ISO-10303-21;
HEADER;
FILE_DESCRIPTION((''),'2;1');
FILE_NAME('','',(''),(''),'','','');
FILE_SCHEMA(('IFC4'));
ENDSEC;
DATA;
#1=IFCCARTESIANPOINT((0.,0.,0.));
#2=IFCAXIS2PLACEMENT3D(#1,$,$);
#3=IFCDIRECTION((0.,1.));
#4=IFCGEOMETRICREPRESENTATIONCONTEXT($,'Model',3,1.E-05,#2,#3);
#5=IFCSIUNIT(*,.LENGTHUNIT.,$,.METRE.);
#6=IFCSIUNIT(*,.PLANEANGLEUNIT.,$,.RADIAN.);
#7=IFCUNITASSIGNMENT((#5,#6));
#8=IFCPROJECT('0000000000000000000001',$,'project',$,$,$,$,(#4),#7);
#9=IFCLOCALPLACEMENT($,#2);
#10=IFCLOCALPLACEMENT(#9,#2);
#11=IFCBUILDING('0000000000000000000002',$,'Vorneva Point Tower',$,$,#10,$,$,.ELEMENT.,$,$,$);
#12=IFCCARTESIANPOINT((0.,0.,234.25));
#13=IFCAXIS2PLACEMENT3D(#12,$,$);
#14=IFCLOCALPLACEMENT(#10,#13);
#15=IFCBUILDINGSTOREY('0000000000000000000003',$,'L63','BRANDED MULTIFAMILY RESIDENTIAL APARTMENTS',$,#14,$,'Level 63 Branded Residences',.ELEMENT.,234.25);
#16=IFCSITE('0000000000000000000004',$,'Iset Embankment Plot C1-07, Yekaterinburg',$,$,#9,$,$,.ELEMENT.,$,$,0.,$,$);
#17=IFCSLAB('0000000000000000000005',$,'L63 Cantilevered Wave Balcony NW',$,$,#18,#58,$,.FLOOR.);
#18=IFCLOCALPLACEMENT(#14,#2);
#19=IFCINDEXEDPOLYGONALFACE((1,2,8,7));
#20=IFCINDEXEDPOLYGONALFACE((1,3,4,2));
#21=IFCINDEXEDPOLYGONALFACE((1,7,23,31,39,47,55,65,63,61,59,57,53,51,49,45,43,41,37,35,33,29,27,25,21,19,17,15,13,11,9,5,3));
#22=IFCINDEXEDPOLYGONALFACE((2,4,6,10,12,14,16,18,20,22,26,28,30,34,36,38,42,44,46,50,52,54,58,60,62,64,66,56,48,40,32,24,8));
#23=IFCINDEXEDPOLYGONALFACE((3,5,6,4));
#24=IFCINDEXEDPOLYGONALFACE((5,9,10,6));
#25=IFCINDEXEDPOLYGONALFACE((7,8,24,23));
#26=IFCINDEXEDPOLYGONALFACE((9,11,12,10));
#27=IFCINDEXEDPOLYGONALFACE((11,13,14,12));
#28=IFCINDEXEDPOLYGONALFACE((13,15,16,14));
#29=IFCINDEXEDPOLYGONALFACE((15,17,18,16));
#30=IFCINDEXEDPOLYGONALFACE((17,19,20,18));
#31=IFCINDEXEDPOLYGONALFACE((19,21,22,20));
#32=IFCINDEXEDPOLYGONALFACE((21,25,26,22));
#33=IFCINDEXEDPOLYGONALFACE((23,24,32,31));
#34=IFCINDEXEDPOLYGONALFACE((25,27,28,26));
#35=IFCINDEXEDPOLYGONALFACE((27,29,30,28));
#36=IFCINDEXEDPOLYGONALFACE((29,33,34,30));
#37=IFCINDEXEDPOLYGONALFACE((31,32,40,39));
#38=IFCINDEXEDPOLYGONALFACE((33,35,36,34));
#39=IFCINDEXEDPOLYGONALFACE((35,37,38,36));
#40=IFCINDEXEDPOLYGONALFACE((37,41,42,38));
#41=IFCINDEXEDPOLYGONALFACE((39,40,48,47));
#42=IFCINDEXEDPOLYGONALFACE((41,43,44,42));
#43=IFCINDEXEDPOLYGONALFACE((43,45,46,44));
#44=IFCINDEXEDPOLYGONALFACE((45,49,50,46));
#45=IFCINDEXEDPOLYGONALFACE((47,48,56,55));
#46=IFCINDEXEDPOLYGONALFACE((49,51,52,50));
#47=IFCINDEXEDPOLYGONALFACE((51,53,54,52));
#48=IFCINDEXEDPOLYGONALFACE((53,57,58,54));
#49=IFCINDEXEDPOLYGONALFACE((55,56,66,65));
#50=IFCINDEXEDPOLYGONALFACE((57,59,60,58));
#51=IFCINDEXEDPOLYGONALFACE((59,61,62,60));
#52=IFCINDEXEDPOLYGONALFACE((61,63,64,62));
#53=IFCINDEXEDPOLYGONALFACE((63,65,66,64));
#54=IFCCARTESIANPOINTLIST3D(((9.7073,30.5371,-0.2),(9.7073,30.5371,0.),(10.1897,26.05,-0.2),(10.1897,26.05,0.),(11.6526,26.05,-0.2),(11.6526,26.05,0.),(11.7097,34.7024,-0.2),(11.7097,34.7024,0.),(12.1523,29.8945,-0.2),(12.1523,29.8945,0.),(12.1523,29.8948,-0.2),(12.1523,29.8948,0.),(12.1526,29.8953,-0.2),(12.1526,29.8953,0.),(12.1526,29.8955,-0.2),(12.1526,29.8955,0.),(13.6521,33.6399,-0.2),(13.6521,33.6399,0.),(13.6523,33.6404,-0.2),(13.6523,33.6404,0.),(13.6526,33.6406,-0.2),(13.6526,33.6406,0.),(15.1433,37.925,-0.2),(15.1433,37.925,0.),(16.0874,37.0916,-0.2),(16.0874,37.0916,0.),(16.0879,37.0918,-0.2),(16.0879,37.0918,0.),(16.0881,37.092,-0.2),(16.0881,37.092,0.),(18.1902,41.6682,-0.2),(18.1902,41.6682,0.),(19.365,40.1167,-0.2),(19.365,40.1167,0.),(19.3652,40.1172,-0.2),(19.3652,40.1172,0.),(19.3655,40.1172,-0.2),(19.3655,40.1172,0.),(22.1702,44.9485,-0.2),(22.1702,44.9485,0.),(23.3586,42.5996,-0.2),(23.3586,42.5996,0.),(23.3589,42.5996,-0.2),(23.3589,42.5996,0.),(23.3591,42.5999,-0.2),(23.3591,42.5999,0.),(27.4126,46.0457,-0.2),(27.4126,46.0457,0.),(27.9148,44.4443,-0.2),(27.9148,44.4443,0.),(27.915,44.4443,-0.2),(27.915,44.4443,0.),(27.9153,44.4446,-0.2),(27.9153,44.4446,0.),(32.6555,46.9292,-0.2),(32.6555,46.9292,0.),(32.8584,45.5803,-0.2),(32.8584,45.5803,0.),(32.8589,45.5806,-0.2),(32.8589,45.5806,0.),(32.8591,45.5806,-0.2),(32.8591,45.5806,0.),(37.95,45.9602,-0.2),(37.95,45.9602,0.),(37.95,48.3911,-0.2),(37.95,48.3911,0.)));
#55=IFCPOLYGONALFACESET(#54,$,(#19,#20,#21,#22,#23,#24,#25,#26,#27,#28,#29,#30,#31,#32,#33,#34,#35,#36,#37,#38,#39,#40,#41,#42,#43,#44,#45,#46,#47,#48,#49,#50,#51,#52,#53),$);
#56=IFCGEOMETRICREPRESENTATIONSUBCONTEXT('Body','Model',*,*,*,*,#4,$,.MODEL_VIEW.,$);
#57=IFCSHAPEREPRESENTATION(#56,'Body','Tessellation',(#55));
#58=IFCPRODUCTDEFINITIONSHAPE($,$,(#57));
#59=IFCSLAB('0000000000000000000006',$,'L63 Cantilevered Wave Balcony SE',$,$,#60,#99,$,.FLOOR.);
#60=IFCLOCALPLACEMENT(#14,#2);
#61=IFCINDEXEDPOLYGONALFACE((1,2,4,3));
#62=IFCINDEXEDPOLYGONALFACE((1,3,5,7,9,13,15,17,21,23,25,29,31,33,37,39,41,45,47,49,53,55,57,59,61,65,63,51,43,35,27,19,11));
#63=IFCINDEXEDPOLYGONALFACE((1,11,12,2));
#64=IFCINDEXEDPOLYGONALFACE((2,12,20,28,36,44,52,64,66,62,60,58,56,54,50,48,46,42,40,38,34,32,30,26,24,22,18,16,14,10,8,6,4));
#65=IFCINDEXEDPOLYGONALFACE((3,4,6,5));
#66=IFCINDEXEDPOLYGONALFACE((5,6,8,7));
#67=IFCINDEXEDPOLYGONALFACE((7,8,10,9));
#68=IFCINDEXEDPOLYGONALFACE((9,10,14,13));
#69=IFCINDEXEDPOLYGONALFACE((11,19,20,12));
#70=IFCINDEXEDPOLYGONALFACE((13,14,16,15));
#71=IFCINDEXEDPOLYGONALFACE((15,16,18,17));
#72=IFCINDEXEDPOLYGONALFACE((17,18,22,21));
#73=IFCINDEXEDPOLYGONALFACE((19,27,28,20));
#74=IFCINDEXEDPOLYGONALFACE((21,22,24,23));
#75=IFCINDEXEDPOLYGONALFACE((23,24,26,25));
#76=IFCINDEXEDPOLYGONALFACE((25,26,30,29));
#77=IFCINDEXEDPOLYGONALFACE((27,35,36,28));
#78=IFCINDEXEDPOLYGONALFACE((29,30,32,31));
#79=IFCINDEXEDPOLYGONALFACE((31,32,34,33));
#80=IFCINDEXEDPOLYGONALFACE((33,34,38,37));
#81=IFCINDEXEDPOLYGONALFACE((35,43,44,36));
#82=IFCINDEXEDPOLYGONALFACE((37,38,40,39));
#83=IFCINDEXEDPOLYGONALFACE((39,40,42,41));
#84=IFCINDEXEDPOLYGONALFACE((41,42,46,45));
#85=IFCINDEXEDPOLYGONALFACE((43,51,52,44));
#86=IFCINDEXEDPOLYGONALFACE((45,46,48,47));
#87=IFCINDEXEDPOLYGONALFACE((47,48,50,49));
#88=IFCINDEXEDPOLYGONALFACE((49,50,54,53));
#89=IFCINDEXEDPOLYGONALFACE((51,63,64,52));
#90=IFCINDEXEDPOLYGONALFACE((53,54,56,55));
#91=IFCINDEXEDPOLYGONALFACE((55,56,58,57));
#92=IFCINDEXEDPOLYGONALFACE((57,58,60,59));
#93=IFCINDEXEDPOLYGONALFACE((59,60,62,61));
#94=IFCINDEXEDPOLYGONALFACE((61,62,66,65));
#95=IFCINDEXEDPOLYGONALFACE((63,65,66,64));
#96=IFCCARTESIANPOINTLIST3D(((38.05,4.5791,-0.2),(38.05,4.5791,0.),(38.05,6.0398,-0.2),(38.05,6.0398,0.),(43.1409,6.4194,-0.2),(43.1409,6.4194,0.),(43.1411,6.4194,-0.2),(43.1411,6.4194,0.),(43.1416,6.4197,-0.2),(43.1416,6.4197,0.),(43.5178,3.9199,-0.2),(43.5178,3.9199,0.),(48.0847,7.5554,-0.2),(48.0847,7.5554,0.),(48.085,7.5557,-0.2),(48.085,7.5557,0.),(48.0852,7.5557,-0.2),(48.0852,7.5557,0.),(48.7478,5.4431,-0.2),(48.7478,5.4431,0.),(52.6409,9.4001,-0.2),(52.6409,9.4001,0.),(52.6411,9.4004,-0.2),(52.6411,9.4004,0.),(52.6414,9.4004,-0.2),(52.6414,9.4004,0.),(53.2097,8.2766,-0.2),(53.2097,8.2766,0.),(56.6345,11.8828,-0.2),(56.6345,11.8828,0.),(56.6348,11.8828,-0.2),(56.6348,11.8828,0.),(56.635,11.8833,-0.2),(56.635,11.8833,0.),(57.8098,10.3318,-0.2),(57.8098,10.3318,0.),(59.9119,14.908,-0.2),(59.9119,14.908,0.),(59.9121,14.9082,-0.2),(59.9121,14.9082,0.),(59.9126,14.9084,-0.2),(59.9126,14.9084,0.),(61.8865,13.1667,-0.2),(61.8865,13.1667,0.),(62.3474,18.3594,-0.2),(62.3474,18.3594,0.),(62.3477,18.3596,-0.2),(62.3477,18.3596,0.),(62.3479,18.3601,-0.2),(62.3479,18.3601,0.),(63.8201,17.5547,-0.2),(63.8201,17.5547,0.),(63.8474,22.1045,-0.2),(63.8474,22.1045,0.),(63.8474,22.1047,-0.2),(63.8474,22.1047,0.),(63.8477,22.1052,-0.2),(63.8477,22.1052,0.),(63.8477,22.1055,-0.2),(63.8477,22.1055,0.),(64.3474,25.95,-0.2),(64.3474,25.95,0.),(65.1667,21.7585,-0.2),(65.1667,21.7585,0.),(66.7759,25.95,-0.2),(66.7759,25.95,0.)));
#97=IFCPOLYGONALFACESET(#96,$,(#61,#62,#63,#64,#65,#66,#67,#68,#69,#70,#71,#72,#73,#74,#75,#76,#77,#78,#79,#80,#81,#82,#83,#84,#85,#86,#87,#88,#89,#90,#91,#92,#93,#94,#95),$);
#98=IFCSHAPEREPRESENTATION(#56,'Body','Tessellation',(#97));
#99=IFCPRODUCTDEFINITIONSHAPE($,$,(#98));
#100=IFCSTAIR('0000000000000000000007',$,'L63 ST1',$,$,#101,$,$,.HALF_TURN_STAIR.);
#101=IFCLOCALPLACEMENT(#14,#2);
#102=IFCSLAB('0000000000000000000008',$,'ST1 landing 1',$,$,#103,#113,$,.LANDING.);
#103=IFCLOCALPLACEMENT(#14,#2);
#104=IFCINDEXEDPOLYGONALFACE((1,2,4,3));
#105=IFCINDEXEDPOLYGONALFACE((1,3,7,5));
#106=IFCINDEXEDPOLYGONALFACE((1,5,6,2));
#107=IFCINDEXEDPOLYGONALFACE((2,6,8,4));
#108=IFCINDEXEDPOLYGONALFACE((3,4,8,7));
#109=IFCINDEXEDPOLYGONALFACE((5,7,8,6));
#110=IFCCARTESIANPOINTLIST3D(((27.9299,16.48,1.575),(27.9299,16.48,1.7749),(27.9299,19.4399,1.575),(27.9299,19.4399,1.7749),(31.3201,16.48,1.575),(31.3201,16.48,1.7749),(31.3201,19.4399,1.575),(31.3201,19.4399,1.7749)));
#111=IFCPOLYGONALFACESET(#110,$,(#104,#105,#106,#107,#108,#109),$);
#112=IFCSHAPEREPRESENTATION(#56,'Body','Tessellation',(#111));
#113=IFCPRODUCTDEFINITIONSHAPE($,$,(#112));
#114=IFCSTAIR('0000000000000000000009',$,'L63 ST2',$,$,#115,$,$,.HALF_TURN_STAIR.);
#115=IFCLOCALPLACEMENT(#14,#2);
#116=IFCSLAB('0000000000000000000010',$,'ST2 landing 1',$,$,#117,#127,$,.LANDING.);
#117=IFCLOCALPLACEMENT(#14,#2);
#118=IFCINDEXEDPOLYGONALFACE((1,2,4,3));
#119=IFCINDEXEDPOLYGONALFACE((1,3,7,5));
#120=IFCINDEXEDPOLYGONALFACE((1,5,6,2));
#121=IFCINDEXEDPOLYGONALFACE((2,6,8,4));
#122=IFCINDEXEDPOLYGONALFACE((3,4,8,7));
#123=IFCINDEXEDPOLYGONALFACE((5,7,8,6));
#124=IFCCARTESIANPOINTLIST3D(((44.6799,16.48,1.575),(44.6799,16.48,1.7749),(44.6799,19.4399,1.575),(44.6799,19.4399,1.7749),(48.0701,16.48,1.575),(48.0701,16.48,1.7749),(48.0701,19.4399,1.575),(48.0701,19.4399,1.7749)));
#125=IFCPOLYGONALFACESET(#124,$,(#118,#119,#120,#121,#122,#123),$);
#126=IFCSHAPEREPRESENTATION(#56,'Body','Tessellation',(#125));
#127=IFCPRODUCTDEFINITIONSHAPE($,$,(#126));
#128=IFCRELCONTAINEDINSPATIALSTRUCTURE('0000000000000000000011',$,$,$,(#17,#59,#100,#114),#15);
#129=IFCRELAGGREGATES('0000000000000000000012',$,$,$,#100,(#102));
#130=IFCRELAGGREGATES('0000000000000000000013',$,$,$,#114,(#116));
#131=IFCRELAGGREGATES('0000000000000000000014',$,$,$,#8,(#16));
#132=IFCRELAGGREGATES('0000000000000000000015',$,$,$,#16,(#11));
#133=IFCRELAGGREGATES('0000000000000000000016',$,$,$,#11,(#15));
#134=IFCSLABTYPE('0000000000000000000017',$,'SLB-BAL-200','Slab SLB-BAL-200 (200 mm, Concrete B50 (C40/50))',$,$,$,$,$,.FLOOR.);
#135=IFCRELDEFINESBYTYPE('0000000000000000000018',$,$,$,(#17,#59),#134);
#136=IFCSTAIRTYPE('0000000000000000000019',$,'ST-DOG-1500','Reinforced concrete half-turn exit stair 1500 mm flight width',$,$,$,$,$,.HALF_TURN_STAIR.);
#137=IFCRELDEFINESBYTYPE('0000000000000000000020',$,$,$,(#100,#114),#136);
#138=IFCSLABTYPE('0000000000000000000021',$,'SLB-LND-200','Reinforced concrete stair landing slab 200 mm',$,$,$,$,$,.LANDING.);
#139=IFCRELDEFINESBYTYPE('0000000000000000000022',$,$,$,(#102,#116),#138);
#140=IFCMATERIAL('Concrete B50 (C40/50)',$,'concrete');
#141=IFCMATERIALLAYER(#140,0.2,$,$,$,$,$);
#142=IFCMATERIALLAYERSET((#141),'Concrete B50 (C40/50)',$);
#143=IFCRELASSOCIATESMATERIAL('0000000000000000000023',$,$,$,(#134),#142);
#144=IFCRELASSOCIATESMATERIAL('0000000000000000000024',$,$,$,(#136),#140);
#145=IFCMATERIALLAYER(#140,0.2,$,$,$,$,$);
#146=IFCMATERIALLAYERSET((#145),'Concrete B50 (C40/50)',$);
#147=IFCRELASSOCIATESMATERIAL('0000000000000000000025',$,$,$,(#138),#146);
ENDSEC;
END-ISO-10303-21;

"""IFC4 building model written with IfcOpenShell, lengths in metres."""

from ifc_helpers import new_model, si_unit, direction, frame, origin, place, context, subcontext, project, spatial, polyline, outline, extrude, material, layer, layer_set, type_object, element, aggregate, save


model = new_model("IFC4")

# Units and contexts
model_context = context("Model", 3, precision=1e-05, world=origin(), true_north=direction((0.0, 1.0)))
body_context = subcontext(model_context, "Body", "Model", "MODEL_VIEW")
ifc_project = project(units=[si_unit("LENGTHUNIT", "METRE"), si_unit("PLANEANGLEUNIT", "RADIAN")], contexts=[model_context])

# Site, building, storey
site_placement = place(None, origin())
site = spatial("IfcSite", under=ifc_project, at=site_placement, Name="Iset Embankment Plot C1-07, Yekaterinburg", CompositionType="ELEMENT", RefElevation=0.0)
building_placement = place(site_placement, origin())
building = spatial("IfcBuilding", under=site, at=building_placement, Name="Vorneva Point Tower", CompositionType="ELEMENT")
storey_placement = place(building_placement, frame((0.0, 0.0, 234.25)))
storey = spatial("IfcBuildingStorey", under=building, at=storey_placement, Name="L63", Description="BRANDED MULTIFAMILY RESIDENTIAL APARTMENTS", LongName="Level 63 Branded Residences", CompositionType="ELEMENT", Elevation=234.25)

# Shared definitions
ifc_material_1 = material(Name="Concrete B50 (C40/50)", Category="concrete")

# Slabs
ifc_layer_1 = layer(ifc_material_1, 0.2)
ifc_layer_set_1 = layer_set([ifc_layer_1], Name="Concrete B50 (C40/50)")
slab_type_1 = type_object("IfcSlabType", Name="SLB-BAL-200", Description="Slab SLB-BAL-200 (200 mm, Concrete B50 (C40/50))", PredefinedType="FLOOR", material=ifc_layer_set_1)
slab_1_placement = place(storey_placement, frame((0.0, 0.0, -0.2)))
element("IfcSlab", 1, at=slab_1_placement, inside=storey, type_object=slab_type_1, Name="L63 Cantilevered Wave Balcony NW", PredefinedType="FLOOR", context=body_context, shape_type="SweptSolid", body=[
    extrude(outline(polyline([(10.1897, 26.05), (11.6526, 26.05), (12.1523, 29.8945), (12.1523, 29.8948), (12.1526, 29.8953), (12.1526, 29.8955), (13.6521, 33.6399), (13.6523, 33.6404), (13.6526, 33.6406), (16.0874, 37.0916), (16.0879, 37.0918), (16.0881, 37.092), (19.365, 40.1167), (19.3652, 40.1172), (19.3655, 40.1172), (23.3586, 42.5996), (23.3589, 42.5996), (23.3591, 42.5999), (27.9148, 44.4443), (27.915, 44.4443), (27.9153, 44.4446), (32.8584, 45.5803), (32.8589, 45.5806), (32.8591, 45.5806), (37.95, 45.9602), (37.95, 48.3911), (32.6555, 46.9292), (27.4126, 46.0457), (22.1702, 44.9485), (18.1902, 41.6682), (15.1433, 37.925), (11.7097, 34.7024), (9.7073, 30.5371), (10.1897, 26.05)])), origin(), (0.0, 0.0, 1.0), 0.2),
])
slab_2_placement = place(storey_placement, frame((0.0, 0.0, -0.2)))
element("IfcSlab", 2, at=slab_2_placement, inside=storey, type_object=slab_type_1, Name="L63 Cantilevered Wave Balcony SE", PredefinedType="FLOOR", context=body_context, shape_type="SweptSolid", body=[
    extrude(outline(polyline([(65.1667, 21.7585), (66.7759, 25.95), (64.3474, 25.95), (63.8477, 22.1055), (63.8477, 22.1052), (63.8474, 22.1047), (63.8474, 22.1045), (62.3479, 18.3601), (62.3477, 18.3596), (62.3474, 18.3594), (59.9126, 14.9084), (59.9121, 14.9082), (59.9119, 14.908), (56.635, 11.8833), (56.6348, 11.8828), (56.6345, 11.8828), (52.6414, 9.4004), (52.6411, 9.4004), (52.6409, 9.4001), (48.0852, 7.5557), (48.085, 7.5557), (48.0847, 7.5554), (43.1416, 6.4197), (43.1411, 6.4194), (43.1409, 6.4194), (38.05, 6.0398), (38.05, 4.5791), (43.5178, 3.9199), (48.7478, 5.4431), (53.2097, 8.2766), (57.8098, 10.3318), (61.8865, 13.1667), (63.8201, 17.5547), (65.1667, 21.7585)])), origin(), (0.0, 0.0, 1.0), 0.2),
])

# Stairs, slabs
stair_type = type_object("IfcStairType", Name="ST-DOG-1500", Description="Reinforced concrete half-turn exit stair 1500 mm flight width", PredefinedType="HALF_TURN_STAIR", material=ifc_material_1)
stair_1_placement = place(storey_placement, origin())
stair_1 = element("IfcStair", 3, at=stair_1_placement, inside=storey, type_object=stair_type, Name="L63 ST1", PredefinedType="HALF_TURN_STAIR")
ifc_layer_2 = layer(ifc_material_1, 0.2)
ifc_layer_set_2 = layer_set([ifc_layer_2], Name="Concrete B50 (C40/50)")
slab_type_2 = type_object("IfcSlabType", Name="SLB-LND-200", Description="Reinforced concrete stair landing slab 200 mm", PredefinedType="LANDING", material=ifc_layer_set_2)
slab_3_placement = place(storey_placement, frame((0.0, 0.0, 1.575)))
slab_3 = element("IfcSlab", 4, at=slab_3_placement, type_object=slab_type_2, Name="ST1 landing 1", PredefinedType="LANDING", context=body_context, shape_type="SweptSolid", body=[
    extrude(outline(polyline([(27.9299, 16.48), (31.3201, 16.48), (31.3201, 19.4399), (27.9299, 19.4399), (27.9299, 16.48)])), origin(), (0.0, 0.0, 1.0), 0.2),
])
aggregate(stair_1, [slab_3])
stair_2_placement = place(storey_placement, origin())
stair_2 = element("IfcStair", 5, at=stair_2_placement, inside=storey, type_object=stair_type, Name="L63 ST2", PredefinedType="HALF_TURN_STAIR")
slab_4_placement = place(storey_placement, frame((0.0, 0.0, 1.575)))
slab_4 = element("IfcSlab", 6, at=slab_4_placement, type_object=slab_type_2, Name="ST2 landing 1", PredefinedType="LANDING", context=body_context, shape_type="SweptSolid", body=[
    extrude(outline(polyline([(44.6799, 16.48), (48.0701, 16.48), (48.0701, 19.4399), (44.6799, 19.4399), (44.6799, 16.48)])), origin(), (0.0, 0.0, 1.0), 0.2),
])
aggregate(stair_2, [slab_4])

save(model, "model.ifc")
